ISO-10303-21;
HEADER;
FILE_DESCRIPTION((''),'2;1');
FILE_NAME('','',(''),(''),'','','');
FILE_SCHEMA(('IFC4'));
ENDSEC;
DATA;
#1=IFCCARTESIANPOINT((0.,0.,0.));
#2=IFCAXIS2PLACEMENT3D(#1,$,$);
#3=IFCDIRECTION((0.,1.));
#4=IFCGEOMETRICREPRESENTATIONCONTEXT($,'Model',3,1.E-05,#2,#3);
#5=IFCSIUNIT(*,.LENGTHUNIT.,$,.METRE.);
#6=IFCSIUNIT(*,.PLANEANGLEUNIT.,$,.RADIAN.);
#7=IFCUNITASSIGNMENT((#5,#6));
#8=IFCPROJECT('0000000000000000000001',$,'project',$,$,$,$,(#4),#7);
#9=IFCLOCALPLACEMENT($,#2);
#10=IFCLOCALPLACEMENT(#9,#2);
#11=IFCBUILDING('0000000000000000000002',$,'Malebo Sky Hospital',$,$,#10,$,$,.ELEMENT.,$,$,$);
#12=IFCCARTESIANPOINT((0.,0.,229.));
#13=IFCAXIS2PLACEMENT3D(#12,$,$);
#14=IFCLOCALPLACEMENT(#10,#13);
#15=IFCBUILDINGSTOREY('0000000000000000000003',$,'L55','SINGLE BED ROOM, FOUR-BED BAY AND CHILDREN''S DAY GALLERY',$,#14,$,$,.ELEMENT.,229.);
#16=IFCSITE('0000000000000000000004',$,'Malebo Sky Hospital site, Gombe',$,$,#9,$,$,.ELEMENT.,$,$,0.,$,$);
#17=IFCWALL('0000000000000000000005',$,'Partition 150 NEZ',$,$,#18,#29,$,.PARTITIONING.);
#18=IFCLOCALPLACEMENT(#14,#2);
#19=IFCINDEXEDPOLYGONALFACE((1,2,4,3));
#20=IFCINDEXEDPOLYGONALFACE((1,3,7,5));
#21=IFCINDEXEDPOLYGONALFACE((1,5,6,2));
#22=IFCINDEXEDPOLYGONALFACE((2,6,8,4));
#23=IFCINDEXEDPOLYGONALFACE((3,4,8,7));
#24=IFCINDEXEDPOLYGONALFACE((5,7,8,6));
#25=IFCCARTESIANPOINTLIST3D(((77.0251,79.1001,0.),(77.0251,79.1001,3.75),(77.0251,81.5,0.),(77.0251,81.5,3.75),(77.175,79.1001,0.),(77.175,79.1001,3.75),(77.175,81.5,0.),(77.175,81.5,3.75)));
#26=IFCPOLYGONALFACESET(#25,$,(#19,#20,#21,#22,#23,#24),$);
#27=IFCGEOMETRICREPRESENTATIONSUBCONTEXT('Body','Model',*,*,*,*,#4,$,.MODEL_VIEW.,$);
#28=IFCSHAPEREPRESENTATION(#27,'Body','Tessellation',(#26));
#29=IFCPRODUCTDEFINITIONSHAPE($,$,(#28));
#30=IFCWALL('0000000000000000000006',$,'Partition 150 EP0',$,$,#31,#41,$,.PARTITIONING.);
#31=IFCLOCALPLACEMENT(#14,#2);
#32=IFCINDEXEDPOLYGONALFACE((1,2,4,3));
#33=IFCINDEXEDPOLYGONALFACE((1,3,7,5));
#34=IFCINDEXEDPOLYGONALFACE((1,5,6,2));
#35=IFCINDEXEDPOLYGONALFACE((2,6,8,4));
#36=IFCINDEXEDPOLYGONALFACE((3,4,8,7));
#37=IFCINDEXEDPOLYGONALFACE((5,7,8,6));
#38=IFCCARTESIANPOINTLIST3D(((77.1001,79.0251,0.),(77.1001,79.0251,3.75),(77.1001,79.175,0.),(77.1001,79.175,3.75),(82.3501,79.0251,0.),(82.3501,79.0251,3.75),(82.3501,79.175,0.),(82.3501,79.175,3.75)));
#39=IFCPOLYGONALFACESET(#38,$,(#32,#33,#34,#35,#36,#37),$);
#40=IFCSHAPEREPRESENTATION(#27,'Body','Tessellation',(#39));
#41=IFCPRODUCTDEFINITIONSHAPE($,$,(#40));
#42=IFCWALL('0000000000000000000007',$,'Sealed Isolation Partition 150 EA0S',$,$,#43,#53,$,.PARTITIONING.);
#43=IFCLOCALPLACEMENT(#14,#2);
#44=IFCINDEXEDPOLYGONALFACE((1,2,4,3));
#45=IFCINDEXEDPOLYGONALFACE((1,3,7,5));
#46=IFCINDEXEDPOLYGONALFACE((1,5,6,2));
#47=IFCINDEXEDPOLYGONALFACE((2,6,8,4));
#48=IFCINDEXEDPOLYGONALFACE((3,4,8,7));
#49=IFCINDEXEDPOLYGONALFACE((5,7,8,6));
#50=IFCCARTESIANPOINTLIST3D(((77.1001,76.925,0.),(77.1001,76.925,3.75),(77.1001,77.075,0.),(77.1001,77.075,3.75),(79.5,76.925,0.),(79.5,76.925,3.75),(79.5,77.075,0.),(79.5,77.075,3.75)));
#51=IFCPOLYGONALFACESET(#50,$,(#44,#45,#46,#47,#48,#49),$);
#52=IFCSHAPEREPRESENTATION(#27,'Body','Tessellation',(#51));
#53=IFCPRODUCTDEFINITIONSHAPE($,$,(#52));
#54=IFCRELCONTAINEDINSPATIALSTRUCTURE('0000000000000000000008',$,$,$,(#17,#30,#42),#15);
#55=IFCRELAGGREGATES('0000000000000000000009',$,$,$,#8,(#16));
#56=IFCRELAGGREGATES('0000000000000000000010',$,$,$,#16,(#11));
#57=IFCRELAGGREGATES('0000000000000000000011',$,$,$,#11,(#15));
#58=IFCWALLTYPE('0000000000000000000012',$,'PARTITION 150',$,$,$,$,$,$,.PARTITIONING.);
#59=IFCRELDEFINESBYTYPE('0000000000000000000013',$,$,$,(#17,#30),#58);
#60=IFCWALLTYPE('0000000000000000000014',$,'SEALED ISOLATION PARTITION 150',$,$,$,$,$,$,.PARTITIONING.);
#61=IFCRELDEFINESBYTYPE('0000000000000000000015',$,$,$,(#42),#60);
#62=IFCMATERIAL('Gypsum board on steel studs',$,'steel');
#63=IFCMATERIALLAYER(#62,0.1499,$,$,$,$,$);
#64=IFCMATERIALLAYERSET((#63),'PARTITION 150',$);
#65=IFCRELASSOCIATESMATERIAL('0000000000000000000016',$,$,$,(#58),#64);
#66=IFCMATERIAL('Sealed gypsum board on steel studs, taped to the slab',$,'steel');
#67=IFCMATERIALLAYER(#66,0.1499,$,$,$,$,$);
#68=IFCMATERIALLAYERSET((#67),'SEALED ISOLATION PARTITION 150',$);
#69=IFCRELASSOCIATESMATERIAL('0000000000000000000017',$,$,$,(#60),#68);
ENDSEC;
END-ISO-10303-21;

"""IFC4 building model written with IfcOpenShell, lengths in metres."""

from ifc_helpers import new_model, si_unit, direction, frame, frame_2d, origin, place, context, subcontext, project, spatial, rectangle, extrude, material, layer, layer_set, type_object, element, save


model = new_model("IFC4")

# Units and contexts
model_context = context("Model", 3, precision=1e-05, world=origin(), true_north=direction((0.0, 1.0)))
body_context = subcontext(model_context, "Body", "Model", "MODEL_VIEW")
ifc_project = project(units=[si_unit("LENGTHUNIT", "METRE"), si_unit("PLANEANGLEUNIT", "RADIAN")], contexts=[model_context])

# Site, building, storey
site_placement = place(None, origin())
site = spatial("IfcSite", under=ifc_project, at=site_placement, Name="Malebo Sky Hospital site, Gombe", CompositionType="ELEMENT", RefElevation=0.0)
building_placement = place(site_placement, origin())
building = spatial("IfcBuilding", under=site, at=building_placement, Name="Malebo Sky Hospital", CompositionType="ELEMENT")
storey_placement = place(building_placement, frame((0.0, 0.0, 229.0)))
storey = spatial("IfcBuildingStorey", under=building, at=storey_placement, Name="L55", Description="SINGLE BED ROOM, FOUR-BED BAY AND CHILDREN'S DAY GALLERY", CompositionType="ELEMENT", Elevation=229.0)

# Shared definitions
ifc_material_1 = material(Name="Gypsum board on steel studs", Category="steel")

# Shared definitions
ifc_layer_1 = layer(ifc_material_1, 0.1499)
ifc_layer_set_1 = layer_set([ifc_layer_1], Name="PARTITION 150")
wall_type_1 = type_object("IfcWallType", Name="PARTITION 150", PredefinedType="PARTITIONING", material=ifc_layer_set_1)

# Walls
for number, where, z_axis, x_axis, name in (
    (1, (77.1001, 79.1001, 0.0), (0.0, 0.0, 1.0), (0.0, 1.0, 0.0), "Partition 150 NEZ"),
):
    element("IfcWall", number, at=place(storey_placement, frame(where, z_axis=z_axis, x_axis=x_axis)), inside=storey, type_object=wall_type_1, Name=name, PredefinedType="PARTITIONING", context=body_context, shape_type="SweptSolid", body=[
        extrude(rectangle(XDim=2.3999, YDim=0.1499, at=frame_2d((1.2, 0.0))), origin(), (0.0, 0.0, 1.0), 3.75),
    ])
wall_1_placement = place(storey_placement, frame((77.1001, 79.1001, 0.0), z_axis=(0.0, 0.0, 1.0), x_axis=(1.0, 0.0, 0.0)))
element("IfcWall", 2, at=wall_1_placement, inside=storey, type_object=wall_type_1, Name="Partition 150 EP0", PredefinedType="PARTITIONING", context=body_context, shape_type="SweptSolid", body=[
    extrude(rectangle(XDim=5.25, YDim=0.1499, at=frame_2d((2.625, 0.0))), origin(), (0.0, 0.0, 1.0), 3.75),
])
ifc_material_2 = material(Name="Sealed gypsum board on steel studs, taped to the slab", Category="steel")
ifc_layer_2 = layer(ifc_material_2, 0.1499)
ifc_layer_set_2 = layer_set([ifc_layer_2], Name="SEALED ISOLATION PARTITION 150")
wall_type_2 = type_object("IfcWallType", Name="SEALED ISOLATION PARTITION 150", PredefinedType="PARTITIONING", material=ifc_layer_set_2)
wall_2_placement = place(storey_placement, frame((77.1001, 77.0, 0.0), z_axis=(0.0, 0.0, 1.0), x_axis=(1.0, 0.0, 0.0)))
element("IfcWall", 3, at=wall_2_placement, inside=storey, type_object=wall_type_2, Name="Sealed Isolation Partition 150 EA0S", PredefinedType="PARTITIONING", context=body_context, shape_type="SweptSolid", body=[
    extrude(rectangle(XDim=2.3999, YDim=0.1499, at=frame_2d((1.2, 0.0))), origin(), (0.0, 0.0, 1.0), 3.75),
])

save(model, "model.ifc")
